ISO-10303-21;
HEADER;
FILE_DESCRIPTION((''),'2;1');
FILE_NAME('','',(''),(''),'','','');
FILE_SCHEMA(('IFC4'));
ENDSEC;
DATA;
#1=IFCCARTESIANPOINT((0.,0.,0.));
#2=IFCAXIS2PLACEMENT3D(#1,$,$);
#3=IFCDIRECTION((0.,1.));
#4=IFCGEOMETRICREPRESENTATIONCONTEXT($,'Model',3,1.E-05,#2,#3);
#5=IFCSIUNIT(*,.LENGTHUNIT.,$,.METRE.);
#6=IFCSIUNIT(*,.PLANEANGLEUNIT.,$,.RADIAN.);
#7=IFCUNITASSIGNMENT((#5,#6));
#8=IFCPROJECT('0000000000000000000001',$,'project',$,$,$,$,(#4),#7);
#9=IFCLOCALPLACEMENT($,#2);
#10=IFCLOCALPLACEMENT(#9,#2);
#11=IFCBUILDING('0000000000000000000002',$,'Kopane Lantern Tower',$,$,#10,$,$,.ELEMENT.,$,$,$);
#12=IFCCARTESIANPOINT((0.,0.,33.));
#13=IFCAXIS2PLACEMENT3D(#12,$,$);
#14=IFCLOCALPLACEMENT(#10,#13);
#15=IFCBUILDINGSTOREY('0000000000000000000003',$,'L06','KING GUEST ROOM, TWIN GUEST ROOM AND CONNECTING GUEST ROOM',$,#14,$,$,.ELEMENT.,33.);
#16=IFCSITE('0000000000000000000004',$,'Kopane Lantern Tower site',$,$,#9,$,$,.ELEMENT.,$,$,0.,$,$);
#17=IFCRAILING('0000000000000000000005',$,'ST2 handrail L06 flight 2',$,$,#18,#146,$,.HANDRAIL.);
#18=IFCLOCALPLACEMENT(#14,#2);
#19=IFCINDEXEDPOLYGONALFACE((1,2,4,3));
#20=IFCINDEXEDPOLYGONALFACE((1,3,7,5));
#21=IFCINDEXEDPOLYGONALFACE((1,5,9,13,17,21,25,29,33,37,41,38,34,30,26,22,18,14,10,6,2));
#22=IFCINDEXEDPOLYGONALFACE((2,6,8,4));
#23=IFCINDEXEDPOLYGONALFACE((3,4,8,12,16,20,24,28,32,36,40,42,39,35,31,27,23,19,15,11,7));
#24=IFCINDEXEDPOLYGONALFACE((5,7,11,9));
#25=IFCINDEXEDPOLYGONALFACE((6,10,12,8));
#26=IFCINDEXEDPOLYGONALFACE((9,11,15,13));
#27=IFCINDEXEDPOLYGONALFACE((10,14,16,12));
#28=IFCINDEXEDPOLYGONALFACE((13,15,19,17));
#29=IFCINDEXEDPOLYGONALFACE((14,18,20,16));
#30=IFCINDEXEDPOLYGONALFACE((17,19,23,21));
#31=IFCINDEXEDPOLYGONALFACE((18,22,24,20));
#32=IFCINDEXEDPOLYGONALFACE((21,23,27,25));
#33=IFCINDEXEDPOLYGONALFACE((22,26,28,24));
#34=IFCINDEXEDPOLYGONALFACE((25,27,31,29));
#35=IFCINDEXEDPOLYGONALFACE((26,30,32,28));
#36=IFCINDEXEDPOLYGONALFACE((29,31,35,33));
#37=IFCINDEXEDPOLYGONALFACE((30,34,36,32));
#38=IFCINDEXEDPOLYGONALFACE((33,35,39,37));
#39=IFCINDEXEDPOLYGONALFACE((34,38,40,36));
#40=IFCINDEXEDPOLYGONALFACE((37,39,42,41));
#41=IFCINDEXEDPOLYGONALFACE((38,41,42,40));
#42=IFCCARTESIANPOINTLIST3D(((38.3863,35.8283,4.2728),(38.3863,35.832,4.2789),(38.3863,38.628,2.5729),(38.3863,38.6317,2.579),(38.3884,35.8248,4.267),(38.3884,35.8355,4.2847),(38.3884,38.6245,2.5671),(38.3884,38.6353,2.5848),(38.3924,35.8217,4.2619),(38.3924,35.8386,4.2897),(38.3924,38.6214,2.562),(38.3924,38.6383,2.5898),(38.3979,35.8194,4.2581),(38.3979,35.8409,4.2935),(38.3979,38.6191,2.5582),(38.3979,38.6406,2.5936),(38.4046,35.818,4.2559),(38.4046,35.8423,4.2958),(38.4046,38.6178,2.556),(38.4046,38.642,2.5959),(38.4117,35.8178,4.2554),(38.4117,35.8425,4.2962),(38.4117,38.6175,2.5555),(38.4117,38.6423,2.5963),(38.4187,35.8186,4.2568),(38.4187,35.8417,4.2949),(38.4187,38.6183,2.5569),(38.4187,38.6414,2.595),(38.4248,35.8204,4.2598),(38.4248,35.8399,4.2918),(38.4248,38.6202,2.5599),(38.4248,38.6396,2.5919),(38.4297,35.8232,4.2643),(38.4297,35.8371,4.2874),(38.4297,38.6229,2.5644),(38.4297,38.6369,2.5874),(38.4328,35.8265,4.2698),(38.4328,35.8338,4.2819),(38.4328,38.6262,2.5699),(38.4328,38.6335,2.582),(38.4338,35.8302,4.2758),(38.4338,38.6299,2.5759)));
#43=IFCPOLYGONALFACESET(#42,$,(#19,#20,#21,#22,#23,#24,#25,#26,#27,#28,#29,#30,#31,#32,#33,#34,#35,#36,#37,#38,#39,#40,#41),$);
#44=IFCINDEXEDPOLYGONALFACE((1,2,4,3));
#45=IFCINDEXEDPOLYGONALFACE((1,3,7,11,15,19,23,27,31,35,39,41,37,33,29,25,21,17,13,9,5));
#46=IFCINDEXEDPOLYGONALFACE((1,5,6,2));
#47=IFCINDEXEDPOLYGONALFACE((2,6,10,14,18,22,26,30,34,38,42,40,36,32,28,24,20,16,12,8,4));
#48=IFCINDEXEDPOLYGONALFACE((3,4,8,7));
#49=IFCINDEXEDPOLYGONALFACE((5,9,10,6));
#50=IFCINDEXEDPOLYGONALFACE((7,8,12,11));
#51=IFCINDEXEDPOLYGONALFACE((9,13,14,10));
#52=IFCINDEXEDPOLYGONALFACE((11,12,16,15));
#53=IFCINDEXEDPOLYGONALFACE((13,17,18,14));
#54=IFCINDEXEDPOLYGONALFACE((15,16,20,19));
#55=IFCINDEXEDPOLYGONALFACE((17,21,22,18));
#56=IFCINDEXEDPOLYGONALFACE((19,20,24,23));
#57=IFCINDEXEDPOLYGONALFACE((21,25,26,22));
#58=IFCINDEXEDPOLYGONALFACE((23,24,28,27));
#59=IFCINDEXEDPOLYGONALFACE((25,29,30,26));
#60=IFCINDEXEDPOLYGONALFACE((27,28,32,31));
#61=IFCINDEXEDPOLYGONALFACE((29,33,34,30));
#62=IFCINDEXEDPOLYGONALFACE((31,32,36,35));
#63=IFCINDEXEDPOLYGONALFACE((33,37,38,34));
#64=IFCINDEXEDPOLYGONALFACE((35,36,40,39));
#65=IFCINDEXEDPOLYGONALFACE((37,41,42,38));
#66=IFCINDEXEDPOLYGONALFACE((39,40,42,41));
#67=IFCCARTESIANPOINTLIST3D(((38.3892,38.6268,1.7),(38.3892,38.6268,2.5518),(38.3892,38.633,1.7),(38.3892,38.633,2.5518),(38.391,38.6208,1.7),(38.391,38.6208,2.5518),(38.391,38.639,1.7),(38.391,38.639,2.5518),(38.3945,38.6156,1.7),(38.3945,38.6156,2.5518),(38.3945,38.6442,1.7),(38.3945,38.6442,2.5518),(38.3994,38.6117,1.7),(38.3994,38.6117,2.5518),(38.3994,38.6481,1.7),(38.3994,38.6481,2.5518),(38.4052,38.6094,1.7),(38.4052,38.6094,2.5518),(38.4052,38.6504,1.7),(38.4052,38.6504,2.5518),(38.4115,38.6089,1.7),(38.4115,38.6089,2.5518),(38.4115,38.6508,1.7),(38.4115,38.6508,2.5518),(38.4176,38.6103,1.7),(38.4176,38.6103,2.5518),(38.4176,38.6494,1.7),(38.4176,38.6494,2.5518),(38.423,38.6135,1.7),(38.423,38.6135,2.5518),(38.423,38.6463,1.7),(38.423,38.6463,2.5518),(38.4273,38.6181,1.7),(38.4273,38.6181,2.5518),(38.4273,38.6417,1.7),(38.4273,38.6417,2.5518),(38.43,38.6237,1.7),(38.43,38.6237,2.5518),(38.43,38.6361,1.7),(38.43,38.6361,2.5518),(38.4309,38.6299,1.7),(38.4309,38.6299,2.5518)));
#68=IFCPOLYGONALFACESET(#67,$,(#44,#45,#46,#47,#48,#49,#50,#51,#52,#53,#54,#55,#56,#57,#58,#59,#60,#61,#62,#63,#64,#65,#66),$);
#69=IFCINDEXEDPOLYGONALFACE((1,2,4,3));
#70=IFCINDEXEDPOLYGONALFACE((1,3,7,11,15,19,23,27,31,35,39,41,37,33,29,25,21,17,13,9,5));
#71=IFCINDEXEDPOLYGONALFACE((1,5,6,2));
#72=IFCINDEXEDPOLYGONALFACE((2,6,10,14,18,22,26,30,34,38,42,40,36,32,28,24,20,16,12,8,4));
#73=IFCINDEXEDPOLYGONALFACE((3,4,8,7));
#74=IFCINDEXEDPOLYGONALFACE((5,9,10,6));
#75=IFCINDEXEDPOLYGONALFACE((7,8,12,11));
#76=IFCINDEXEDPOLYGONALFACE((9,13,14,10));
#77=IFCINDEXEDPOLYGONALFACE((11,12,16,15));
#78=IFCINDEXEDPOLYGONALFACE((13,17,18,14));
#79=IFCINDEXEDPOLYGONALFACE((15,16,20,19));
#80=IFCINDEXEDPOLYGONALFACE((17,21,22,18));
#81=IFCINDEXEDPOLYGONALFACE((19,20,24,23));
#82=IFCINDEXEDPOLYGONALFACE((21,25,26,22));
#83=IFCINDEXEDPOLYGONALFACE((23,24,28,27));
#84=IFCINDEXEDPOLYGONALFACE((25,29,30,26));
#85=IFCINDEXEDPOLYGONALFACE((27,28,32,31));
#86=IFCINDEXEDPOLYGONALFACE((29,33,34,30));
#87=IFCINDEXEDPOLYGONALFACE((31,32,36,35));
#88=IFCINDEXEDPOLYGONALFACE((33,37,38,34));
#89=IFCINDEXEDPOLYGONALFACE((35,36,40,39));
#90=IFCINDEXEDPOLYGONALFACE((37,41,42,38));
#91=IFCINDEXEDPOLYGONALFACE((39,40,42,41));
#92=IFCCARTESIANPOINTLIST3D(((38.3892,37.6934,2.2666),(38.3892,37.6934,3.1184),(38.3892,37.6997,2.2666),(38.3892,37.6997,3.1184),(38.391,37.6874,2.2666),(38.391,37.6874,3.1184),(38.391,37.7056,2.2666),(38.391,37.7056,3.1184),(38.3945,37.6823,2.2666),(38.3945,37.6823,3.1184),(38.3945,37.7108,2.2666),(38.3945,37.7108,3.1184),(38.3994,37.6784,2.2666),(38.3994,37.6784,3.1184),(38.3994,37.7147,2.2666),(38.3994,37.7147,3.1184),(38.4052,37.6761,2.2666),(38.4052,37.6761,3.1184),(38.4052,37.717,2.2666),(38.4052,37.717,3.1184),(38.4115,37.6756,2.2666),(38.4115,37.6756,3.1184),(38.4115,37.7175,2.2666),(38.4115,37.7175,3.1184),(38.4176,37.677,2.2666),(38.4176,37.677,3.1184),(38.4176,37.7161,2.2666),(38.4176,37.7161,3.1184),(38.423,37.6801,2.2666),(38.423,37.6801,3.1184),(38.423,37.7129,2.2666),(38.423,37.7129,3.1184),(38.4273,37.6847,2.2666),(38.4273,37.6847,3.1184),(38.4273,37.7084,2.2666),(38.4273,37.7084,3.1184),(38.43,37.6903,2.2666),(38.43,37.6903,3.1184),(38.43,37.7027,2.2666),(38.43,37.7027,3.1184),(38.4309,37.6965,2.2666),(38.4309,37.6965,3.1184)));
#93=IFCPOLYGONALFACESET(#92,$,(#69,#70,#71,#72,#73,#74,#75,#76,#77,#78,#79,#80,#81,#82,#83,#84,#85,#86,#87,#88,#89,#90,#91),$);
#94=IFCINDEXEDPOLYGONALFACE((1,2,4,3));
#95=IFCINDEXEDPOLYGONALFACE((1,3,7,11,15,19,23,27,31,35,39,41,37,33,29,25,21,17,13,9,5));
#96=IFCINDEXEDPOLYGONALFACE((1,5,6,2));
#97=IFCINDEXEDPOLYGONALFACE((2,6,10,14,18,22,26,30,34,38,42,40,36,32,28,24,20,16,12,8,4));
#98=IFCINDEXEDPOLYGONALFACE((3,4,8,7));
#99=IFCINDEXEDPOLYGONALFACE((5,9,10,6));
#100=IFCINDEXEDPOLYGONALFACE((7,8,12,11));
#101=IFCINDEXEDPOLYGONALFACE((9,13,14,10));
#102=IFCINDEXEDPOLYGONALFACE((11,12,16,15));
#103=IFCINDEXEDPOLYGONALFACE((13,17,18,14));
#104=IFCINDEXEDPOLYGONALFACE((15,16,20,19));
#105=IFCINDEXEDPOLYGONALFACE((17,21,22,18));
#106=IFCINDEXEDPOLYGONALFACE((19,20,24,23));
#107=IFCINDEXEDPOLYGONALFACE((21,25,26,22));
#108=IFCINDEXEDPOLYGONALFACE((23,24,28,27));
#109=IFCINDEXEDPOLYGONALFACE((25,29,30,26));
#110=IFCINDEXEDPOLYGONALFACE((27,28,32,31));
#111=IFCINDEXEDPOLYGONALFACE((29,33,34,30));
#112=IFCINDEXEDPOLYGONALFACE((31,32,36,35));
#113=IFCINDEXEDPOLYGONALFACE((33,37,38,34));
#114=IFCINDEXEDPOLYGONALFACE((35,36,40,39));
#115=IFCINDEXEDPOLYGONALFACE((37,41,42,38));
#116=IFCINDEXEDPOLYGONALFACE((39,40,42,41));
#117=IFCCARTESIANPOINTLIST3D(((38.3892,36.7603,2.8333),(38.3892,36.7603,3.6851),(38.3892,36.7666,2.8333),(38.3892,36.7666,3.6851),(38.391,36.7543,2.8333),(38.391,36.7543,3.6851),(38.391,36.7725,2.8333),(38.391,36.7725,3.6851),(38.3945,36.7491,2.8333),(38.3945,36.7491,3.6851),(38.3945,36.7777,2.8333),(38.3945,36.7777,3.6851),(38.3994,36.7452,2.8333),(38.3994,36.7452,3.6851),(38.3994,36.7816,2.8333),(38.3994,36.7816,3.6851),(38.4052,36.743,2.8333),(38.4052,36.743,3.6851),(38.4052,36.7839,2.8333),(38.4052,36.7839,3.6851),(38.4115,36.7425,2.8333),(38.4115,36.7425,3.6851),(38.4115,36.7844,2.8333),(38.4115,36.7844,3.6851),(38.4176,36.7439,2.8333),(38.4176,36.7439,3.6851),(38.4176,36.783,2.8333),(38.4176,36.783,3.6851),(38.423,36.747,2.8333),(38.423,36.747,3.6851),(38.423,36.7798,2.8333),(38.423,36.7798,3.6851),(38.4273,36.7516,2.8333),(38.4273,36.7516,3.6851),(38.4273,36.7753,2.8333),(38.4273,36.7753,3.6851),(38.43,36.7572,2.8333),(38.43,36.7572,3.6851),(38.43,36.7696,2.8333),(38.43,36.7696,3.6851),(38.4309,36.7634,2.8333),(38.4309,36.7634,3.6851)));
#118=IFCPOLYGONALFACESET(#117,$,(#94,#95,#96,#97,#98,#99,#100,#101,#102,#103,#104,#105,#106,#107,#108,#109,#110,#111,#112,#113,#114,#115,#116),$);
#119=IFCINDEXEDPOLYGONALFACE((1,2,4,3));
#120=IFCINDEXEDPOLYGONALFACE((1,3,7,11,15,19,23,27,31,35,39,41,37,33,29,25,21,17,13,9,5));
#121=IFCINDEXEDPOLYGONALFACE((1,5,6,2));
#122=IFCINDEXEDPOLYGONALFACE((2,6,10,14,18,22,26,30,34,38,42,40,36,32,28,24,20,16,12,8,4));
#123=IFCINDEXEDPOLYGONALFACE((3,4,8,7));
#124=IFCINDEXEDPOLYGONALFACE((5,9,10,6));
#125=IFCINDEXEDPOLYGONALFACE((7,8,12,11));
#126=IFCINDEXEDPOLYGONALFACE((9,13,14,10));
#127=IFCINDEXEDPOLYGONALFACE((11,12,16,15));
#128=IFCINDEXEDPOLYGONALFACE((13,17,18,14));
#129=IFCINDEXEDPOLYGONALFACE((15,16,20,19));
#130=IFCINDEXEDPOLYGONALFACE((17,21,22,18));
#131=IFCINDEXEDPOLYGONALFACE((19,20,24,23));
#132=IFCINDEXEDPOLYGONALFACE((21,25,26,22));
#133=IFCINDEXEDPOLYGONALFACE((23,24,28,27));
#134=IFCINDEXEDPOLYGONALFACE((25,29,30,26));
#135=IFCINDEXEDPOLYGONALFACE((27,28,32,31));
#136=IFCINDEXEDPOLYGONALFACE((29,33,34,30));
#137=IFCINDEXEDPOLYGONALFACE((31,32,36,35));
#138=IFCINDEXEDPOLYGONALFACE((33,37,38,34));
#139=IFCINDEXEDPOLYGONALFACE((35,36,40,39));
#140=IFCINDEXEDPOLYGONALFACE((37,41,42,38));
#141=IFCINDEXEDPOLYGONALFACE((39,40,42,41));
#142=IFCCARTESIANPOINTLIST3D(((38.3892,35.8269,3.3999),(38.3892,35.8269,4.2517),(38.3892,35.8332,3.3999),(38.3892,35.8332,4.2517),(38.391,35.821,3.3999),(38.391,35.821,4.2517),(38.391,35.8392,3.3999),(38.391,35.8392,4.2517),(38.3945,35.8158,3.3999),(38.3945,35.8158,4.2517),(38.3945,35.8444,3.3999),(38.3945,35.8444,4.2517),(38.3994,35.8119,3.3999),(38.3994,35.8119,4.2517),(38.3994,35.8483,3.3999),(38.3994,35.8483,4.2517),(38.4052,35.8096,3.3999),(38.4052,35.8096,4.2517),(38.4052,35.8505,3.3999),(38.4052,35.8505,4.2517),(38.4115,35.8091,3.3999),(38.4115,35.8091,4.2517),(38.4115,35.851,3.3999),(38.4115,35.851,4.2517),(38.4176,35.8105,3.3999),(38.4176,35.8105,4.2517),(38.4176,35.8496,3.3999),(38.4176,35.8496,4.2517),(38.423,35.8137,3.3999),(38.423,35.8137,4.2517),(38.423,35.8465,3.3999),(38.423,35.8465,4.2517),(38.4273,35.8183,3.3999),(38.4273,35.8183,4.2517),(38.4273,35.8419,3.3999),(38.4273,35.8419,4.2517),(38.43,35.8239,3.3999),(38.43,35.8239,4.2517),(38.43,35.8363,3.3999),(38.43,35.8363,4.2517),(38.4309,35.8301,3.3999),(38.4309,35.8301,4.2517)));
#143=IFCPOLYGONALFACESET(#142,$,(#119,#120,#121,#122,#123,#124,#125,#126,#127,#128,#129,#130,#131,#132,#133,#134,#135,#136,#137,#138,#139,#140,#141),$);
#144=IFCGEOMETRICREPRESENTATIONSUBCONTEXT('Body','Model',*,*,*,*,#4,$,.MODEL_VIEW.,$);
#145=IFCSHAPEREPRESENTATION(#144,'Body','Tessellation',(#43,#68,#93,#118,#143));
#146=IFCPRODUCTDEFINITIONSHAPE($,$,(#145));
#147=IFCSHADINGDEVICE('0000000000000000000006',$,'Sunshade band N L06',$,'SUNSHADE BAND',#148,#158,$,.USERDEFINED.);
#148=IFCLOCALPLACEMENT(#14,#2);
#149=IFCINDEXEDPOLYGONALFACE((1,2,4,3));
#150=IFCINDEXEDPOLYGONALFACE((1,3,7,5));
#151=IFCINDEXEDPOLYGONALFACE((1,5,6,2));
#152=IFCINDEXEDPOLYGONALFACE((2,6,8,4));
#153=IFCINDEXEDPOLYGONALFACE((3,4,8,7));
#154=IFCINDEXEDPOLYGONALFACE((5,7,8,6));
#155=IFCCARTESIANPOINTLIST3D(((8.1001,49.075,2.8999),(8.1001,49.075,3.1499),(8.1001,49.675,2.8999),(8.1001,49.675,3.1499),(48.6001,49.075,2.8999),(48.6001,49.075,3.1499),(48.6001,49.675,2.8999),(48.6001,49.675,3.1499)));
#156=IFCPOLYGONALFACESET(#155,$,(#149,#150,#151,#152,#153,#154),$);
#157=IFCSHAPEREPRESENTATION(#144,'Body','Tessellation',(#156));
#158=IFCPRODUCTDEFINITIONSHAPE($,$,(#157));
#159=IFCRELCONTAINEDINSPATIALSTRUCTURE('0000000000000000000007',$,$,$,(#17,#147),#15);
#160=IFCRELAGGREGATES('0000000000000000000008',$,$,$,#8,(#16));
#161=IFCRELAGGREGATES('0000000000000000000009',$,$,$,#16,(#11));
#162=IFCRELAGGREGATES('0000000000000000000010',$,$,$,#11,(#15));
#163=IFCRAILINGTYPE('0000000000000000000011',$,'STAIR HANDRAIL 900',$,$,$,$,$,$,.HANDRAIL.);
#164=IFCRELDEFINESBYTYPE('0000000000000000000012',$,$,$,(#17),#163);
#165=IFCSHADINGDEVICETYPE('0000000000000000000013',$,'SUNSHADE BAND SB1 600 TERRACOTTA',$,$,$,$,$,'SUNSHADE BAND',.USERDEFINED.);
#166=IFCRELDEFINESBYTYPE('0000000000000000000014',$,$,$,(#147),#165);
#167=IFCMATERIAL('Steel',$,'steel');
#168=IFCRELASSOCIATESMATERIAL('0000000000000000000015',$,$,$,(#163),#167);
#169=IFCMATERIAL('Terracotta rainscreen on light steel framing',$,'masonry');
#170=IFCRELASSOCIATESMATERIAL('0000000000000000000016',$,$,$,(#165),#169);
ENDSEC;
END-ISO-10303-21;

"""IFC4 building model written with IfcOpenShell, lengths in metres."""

from ifc_helpers import new_model, si_unit, direction, frame, origin, origin_2d, place, context, subcontext, project, spatial, rectangle, circle, extrude, material, type_object, element, save


model = new_model("IFC4")

# Units and contexts
model_context = context("Model", 3, precision=1e-05, world=origin(), true_north=direction((0.0, 1.0)))
body_context = subcontext(model_context, "Body", "Model", "MODEL_VIEW")
ifc_project = project(units=[si_unit("LENGTHUNIT", "METRE"), si_unit("PLANEANGLEUNIT", "RADIAN")], contexts=[model_context])

# Site, building, storey
site_placement = place(None, origin())
site = spatial("IfcSite", under=ifc_project, at=site_placement, Name="Kopane Lantern Tower site", CompositionType="ELEMENT", RefElevation=0.0)
building_placement = place(site_placement, origin())
building = spatial("IfcBuilding", under=site, at=building_placement, Name="Kopane Lantern Tower", CompositionType="ELEMENT")
storey_placement = place(building_placement, frame((0.0, 0.0, 33.0)))
storey = spatial("IfcBuildingStorey", under=building, at=storey_placement, Name="L06", Description="KING GUEST ROOM, TWIN GUEST ROOM AND CONNECTING GUEST ROOM", CompositionType="ELEMENT", Elevation=33.0)

# Railing
ifc_material_1 = material(Name="Steel", Category="steel")
railing_type = type_object("IfcRailingType", Name="STAIR HANDRAIL 900", PredefinedType="HANDRAIL", material=ifc_material_1)
for number, where, name in (
    (1, (38.4099, 38.6299, 1.7), "ST2 handrail L06 flight 2"),
):
    element("IfcRailing", number, at=place(storey_placement, frame(where)), inside=storey, type_object=railing_type, Name=name, PredefinedType="HANDRAIL", context=body_context, shape_type="SweptSolid", body=[
        extrude(circle(Radius=0.0239, at=origin_2d()), frame((0.0, 0.0, 0.876), z_axis=(0.0, -0.854778, 0.518994), x_axis=(1.0, 0.0, 0.0)), (0.0, 0.0, 1.0), 3.2754),
        extrude(circle(Radius=0.021, at=origin_2d()), origin(), (0.0, 0.0, 1.0), 0.8518),
        extrude(circle(Radius=0.021, at=origin_2d()), frame((0.0, -0.9333, 0.5667)), (0.0, 0.0, 1.0), 0.8518),
        extrude(circle(Radius=0.021, at=origin_2d()), frame((0.0, -1.8665, 1.1333)), (0.0, 0.0, 1.0), 0.8518),
        extrude(circle(Radius=0.021, at=origin_2d()), frame((0.0, -2.7998, 1.7)), (0.0, 0.0, 1.0), 0.8518),
    ])

# Shading device
ifc_material_2 = material(Name="Terracotta rainscreen on light steel framing", Category="masonry")
shading_device_type = type_object("IfcShadingDeviceType", Name="SUNSHADE BAND SB1 600 TERRACOTTA", ElementType="SUNSHADE BAND", PredefinedType="USERDEFINED", material=ifc_material_2)
shading_device_placement = place(storey_placement, frame((28.3501, 49.375, 2.8999), z_axis=(0.0, 0.0, 1.0), x_axis=(-1.0, 0.0, 0.0)))
element("IfcShadingDevice", 2, at=shading_device_placement, inside=storey, type_object=shading_device_type, Name="Sunshade band N L06", ObjectType="SUNSHADE BAND", PredefinedType="USERDEFINED", context=body_context, shape_type="SweptSolid", body=[
    extrude(rectangle(XDim=40.5, YDim=0.6001, at=origin_2d()), origin(), (0.0, 0.0, 1.0), 0.25),
])

save(model, "model.ifc")
